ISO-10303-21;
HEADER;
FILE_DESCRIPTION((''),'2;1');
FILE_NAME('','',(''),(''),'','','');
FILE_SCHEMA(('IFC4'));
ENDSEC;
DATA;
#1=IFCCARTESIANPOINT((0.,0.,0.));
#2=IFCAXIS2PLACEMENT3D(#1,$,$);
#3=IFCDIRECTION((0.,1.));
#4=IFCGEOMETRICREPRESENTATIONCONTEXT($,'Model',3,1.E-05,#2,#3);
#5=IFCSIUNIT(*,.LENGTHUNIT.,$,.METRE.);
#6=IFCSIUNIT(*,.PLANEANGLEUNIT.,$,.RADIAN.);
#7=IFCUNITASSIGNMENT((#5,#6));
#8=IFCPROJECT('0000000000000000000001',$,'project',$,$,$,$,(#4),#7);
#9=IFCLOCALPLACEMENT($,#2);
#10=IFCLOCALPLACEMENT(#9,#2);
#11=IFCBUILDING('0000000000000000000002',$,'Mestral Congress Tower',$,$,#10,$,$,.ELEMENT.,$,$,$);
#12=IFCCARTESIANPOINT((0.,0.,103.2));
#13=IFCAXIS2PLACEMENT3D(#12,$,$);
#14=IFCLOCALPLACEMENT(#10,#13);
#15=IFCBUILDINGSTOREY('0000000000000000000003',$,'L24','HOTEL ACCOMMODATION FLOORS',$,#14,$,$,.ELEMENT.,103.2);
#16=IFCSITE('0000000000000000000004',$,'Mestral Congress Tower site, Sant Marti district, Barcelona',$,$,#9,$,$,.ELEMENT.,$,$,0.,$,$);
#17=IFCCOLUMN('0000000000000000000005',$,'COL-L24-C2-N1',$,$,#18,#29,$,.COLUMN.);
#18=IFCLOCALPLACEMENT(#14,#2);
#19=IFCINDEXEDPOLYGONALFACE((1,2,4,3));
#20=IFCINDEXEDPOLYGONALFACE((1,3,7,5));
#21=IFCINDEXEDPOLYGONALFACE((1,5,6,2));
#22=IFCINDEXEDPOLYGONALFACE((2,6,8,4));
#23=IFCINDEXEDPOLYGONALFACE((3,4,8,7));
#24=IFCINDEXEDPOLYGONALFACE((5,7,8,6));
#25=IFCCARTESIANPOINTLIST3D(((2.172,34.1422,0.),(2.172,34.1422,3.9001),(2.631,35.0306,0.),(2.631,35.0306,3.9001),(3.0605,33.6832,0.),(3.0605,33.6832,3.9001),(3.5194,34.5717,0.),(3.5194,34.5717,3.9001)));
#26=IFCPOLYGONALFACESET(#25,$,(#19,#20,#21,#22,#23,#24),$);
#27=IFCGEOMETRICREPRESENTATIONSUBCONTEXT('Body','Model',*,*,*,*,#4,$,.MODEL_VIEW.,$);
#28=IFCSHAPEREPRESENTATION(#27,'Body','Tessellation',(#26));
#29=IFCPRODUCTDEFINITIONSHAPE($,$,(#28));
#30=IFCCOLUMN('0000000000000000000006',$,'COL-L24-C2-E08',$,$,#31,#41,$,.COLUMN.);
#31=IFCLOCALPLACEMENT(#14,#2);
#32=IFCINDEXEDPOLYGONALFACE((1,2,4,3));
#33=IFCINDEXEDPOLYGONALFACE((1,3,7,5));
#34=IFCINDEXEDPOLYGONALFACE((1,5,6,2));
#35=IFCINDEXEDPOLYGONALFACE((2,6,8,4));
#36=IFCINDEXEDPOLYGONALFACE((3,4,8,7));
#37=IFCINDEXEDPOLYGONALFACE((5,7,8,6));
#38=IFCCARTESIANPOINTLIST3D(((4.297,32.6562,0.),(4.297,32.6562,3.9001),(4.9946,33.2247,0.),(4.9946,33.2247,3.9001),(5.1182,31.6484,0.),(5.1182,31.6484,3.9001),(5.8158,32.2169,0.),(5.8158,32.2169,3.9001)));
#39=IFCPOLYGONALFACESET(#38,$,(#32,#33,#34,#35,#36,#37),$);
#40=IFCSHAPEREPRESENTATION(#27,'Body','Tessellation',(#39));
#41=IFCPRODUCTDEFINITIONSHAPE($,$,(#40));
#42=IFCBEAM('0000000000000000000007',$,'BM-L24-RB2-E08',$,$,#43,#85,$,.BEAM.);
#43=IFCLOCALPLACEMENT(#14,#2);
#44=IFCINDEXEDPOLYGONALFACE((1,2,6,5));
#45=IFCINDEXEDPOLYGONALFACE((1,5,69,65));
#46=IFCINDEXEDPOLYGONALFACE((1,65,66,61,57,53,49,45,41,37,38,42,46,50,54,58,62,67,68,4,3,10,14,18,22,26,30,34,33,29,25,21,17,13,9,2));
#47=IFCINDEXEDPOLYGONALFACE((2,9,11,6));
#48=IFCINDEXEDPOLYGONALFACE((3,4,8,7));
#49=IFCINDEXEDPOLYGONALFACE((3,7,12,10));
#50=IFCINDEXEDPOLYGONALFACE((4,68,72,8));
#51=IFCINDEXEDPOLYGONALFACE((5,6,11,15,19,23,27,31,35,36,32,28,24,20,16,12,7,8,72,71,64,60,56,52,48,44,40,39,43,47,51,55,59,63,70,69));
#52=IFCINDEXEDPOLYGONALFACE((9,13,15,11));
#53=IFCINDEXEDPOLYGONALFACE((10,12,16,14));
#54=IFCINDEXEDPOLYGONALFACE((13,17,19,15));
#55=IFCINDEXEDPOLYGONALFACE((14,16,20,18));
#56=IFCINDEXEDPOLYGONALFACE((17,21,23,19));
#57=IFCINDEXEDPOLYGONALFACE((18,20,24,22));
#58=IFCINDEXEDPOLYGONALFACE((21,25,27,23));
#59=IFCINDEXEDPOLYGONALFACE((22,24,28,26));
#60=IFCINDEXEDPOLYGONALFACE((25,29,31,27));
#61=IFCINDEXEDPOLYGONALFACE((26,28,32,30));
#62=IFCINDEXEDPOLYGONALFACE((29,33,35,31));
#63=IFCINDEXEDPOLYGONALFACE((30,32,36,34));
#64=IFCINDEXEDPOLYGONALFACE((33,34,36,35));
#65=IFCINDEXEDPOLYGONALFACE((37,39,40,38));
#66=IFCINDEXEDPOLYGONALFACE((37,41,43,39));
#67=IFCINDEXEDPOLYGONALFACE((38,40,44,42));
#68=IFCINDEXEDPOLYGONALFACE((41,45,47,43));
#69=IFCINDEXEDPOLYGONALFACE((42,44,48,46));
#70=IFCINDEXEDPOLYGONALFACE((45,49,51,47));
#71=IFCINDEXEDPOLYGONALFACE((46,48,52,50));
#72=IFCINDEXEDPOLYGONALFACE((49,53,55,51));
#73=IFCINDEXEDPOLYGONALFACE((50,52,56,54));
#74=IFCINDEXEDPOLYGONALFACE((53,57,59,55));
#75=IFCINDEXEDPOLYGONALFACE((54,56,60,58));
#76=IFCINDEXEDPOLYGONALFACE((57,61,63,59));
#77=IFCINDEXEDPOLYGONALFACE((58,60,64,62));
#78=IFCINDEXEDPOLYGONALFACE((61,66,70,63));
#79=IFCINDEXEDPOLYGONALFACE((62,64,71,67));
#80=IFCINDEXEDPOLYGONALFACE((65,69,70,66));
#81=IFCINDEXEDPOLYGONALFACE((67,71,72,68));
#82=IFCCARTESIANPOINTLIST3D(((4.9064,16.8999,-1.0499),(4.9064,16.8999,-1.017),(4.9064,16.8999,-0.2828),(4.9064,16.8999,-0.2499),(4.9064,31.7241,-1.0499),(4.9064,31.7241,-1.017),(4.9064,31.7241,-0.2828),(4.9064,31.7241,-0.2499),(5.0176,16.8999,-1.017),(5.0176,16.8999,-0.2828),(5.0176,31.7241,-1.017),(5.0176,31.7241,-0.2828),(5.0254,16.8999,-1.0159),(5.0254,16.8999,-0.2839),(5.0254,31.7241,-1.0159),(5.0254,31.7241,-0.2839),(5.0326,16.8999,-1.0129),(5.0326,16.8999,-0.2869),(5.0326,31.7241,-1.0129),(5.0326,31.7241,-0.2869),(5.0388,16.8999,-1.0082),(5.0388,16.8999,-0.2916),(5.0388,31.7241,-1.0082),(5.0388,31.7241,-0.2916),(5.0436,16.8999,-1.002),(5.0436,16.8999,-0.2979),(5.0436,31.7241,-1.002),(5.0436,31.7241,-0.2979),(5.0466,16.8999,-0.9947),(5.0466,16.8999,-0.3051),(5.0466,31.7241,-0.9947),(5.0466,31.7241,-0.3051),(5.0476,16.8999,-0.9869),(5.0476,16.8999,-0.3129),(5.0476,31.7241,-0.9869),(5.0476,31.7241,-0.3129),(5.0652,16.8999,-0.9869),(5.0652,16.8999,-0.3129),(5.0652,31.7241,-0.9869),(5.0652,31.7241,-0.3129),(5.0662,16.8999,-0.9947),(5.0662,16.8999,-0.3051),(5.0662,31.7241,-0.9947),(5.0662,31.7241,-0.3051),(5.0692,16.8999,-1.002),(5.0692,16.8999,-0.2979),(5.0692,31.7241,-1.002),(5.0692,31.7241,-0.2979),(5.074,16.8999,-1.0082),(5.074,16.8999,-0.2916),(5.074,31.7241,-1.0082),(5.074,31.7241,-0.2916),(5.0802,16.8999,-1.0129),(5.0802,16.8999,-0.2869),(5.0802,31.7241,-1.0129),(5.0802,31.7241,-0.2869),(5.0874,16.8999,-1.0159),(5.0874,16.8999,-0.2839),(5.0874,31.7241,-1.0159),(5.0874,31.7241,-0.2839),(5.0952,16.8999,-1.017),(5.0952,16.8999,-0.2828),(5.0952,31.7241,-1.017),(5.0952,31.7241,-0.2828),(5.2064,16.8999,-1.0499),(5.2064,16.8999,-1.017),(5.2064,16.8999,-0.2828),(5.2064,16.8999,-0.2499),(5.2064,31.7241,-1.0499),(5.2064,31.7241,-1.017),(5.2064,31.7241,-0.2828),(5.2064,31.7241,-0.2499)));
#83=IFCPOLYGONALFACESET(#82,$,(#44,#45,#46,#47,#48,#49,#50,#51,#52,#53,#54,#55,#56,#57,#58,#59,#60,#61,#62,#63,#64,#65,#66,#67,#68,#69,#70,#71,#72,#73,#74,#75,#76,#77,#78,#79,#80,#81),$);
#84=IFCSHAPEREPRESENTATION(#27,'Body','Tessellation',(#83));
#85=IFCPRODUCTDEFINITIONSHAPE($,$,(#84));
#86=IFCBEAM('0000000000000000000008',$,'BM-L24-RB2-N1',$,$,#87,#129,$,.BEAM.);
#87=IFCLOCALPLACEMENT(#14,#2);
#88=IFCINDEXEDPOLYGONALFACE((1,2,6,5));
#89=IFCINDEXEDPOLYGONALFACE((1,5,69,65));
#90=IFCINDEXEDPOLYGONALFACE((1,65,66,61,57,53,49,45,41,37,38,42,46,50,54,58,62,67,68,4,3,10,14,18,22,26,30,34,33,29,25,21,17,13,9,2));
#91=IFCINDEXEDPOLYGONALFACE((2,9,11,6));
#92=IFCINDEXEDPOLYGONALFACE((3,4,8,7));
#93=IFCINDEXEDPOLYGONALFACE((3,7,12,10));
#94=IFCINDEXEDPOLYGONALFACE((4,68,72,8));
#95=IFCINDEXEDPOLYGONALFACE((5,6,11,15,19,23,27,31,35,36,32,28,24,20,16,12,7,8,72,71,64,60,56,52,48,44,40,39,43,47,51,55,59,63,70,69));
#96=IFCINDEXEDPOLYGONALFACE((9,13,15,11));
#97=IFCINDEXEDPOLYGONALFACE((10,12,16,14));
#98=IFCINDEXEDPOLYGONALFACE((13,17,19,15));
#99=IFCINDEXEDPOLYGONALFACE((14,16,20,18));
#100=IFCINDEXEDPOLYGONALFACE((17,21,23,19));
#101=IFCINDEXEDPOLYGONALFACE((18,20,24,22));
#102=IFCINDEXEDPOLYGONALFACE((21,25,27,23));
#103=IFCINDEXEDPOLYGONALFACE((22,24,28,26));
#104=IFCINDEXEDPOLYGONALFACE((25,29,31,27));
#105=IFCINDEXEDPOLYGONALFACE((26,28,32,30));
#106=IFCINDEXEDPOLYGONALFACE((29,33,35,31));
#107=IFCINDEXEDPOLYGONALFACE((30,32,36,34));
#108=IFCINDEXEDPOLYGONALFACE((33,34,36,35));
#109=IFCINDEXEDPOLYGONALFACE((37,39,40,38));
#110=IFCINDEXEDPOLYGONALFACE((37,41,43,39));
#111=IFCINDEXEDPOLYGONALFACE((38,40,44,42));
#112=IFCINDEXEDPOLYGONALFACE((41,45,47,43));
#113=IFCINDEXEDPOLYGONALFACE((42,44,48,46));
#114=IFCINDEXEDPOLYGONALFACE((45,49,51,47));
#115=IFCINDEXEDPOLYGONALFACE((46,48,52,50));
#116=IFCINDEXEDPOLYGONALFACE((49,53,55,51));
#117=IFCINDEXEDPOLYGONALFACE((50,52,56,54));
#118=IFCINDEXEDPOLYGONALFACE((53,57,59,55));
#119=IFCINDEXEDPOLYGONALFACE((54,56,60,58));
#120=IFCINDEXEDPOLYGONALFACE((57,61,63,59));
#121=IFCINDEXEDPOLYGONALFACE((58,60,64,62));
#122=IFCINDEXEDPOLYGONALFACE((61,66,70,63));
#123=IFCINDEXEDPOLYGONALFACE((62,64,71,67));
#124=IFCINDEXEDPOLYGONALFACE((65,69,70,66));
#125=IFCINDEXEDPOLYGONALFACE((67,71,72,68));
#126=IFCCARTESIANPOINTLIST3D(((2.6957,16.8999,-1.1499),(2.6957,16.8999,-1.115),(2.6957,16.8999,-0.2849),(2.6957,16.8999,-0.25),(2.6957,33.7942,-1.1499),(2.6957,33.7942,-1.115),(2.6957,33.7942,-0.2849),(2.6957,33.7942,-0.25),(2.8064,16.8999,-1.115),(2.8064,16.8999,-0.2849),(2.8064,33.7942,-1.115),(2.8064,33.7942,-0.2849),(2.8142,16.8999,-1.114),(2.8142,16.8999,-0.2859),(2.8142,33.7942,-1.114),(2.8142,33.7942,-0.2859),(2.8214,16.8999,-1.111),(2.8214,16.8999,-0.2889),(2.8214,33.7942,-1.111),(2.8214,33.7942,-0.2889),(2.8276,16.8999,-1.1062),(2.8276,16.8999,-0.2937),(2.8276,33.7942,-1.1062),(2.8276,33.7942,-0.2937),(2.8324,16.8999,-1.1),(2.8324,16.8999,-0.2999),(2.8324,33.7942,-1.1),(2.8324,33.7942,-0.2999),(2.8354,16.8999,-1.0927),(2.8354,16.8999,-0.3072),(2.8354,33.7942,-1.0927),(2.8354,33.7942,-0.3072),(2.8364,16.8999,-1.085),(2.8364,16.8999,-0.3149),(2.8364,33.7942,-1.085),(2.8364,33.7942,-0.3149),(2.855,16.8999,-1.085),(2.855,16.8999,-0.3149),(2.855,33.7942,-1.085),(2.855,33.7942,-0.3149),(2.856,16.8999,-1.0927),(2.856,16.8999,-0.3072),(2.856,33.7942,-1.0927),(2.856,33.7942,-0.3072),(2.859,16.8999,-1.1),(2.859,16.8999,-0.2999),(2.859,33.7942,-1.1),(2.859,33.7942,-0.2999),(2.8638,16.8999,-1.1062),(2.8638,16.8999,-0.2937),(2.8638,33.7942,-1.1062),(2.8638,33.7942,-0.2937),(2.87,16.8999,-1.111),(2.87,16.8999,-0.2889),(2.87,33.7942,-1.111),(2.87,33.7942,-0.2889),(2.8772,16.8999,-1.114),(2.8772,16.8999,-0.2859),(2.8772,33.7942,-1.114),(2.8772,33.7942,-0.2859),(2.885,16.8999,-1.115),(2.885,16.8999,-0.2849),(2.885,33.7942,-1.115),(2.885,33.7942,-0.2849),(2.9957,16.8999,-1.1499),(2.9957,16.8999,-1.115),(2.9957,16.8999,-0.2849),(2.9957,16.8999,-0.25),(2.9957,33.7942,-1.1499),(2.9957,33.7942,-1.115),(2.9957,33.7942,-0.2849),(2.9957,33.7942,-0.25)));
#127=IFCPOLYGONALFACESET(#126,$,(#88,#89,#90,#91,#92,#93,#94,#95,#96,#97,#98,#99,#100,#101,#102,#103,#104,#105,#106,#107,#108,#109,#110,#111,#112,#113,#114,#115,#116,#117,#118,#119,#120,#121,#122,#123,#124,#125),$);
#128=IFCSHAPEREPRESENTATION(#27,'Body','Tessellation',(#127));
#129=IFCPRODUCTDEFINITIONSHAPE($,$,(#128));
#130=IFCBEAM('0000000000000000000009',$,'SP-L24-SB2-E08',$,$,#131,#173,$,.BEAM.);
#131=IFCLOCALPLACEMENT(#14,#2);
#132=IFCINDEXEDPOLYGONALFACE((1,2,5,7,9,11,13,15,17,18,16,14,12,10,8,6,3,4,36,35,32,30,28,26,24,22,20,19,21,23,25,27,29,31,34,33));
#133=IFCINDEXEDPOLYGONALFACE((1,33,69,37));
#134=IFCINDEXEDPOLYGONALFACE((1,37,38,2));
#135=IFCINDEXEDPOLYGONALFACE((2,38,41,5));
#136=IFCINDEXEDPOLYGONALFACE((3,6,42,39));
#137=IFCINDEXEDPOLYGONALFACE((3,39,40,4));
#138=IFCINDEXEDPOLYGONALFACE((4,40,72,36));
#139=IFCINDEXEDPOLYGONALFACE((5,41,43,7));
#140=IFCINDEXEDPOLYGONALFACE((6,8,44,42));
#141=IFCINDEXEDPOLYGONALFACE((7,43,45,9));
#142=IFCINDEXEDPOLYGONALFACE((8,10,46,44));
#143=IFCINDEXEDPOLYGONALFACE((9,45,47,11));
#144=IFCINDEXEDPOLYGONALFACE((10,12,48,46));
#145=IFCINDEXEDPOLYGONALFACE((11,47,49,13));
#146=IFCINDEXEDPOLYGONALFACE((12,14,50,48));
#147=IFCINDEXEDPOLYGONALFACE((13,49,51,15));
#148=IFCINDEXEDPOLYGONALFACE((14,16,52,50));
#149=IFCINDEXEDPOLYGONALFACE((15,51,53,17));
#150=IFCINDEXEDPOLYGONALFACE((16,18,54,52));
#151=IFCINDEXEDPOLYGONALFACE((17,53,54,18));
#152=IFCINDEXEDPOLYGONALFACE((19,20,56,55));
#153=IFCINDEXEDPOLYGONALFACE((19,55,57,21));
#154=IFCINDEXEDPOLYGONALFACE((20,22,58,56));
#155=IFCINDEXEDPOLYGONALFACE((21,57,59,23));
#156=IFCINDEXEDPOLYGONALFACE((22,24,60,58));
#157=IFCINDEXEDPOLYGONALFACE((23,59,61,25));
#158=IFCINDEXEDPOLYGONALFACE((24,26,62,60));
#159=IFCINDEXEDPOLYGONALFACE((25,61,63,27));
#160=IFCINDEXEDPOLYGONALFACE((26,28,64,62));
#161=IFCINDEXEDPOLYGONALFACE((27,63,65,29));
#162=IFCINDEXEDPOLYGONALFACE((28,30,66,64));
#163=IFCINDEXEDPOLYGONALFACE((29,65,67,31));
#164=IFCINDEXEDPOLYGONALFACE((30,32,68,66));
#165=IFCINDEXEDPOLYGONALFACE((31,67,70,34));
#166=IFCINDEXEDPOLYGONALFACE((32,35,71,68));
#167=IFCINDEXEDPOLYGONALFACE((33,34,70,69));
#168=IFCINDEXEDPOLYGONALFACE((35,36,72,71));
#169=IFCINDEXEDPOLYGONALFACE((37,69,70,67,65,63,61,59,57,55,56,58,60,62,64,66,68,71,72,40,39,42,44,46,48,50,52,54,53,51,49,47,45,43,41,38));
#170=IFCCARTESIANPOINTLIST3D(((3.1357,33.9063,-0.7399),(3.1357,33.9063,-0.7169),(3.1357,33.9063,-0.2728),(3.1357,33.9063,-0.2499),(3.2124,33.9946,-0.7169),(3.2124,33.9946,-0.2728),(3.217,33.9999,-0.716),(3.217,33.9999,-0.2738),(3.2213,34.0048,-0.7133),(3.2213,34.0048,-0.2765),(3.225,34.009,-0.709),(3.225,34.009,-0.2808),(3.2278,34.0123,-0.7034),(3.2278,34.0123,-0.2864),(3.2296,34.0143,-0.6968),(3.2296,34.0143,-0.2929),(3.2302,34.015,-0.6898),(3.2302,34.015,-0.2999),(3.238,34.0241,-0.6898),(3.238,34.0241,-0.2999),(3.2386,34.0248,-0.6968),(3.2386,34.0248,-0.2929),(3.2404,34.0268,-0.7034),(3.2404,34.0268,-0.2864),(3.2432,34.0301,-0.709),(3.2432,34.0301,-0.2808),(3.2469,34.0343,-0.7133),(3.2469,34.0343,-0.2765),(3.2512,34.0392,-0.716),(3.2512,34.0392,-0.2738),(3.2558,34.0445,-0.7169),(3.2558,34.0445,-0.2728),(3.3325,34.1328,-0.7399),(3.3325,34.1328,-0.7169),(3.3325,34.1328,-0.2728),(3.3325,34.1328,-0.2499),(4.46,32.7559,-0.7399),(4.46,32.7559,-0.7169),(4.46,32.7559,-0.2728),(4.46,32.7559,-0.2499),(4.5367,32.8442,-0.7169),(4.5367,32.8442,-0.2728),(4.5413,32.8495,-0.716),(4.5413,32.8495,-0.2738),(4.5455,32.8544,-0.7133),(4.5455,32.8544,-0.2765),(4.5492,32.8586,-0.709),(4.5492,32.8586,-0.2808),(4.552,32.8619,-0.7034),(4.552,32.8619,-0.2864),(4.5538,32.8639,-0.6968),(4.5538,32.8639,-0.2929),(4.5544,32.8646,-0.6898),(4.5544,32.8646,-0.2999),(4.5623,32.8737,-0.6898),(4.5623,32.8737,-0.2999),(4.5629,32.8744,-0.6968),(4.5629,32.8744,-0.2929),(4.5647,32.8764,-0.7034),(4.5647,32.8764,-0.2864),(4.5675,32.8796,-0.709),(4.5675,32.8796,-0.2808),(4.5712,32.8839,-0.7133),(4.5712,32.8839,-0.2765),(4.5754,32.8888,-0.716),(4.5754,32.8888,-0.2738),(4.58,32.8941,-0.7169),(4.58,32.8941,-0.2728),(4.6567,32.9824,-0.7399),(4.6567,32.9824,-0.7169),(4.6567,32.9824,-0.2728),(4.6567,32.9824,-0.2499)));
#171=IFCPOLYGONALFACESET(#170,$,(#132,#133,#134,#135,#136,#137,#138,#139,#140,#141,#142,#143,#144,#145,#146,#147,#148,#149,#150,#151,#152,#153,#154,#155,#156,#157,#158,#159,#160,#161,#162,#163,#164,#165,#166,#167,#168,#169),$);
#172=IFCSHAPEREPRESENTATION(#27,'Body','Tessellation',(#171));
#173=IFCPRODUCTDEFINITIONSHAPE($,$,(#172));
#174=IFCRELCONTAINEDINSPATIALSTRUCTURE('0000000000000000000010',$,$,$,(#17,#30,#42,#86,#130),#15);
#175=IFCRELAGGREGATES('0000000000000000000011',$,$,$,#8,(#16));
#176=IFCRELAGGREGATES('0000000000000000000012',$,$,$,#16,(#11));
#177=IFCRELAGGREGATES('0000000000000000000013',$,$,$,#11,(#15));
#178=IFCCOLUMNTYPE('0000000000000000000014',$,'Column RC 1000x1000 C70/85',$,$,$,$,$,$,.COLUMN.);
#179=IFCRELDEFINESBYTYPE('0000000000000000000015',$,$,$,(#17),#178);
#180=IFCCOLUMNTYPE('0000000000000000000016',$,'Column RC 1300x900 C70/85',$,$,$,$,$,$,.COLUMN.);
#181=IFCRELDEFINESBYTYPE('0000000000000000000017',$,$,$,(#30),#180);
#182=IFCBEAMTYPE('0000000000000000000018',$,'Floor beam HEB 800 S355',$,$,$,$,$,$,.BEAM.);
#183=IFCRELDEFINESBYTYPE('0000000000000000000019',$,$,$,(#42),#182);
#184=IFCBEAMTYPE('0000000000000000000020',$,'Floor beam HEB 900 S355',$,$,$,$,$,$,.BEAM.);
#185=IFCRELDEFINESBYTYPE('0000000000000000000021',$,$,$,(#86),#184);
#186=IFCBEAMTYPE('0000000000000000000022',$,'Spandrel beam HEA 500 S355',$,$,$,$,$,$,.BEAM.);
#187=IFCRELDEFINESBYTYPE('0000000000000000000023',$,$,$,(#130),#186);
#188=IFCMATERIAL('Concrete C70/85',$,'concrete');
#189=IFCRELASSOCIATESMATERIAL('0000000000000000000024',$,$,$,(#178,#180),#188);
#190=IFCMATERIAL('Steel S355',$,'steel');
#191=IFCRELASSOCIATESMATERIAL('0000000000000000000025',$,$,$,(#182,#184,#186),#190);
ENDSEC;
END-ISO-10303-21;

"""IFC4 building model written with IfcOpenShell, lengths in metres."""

from ifc_helpers import new_model, si_unit, direction, frame, origin, origin_2d, place, context, subcontext, project, spatial, rectangle, i_section, extrude, material, material_profile, profile_set, type_object, element, save


model = new_model("IFC4")

# Units and contexts
model_context = context("Model", 3, precision=1e-05, world=origin(), true_north=direction((0.0, 1.0)))
body_context = subcontext(model_context, "Body", "Model", "MODEL_VIEW")
ifc_project = project(units=[si_unit("LENGTHUNIT", "METRE"), si_unit("PLANEANGLEUNIT", "RADIAN")], contexts=[model_context])

# Site, building, storey
site_placement = place(None, origin())
site = spatial("IfcSite", under=ifc_project, at=site_placement, Name="Mestral Congress Tower site, Sant Marti district, Barcelona", CompositionType="ELEMENT", RefElevation=0.0)
building_placement = place(site_placement, origin())
building = spatial("IfcBuilding", under=site, at=building_placement, Name="Mestral Congress Tower", CompositionType="ELEMENT")
storey_placement = place(building_placement, frame((0.0, 0.0, 103.2)))
storey = spatial("IfcBuildingStorey", under=building, at=storey_placement, Name="L24", Description="HOTEL ACCOMMODATION FLOORS", CompositionType="ELEMENT", Elevation=103.2)

# Columns
ifc_material_1 = material(Name="Concrete C70/85", Category="concrete")
ifc_material_profile_1 = material_profile(ifc_material_1, rectangle(XDim=1.0, YDim=1.0, at=origin_2d()), Name="RC 1000x1000")
ifc_profile_set_1 = profile_set([ifc_material_profile_1], Name="Concrete C70/85")
column_type_1 = type_object("IfcColumnType", Name="Column RC 1000x1000 C70/85", PredefinedType="COLUMN", material=ifc_profile_set_1)
column_1_placement = place(storey_placement, frame((2.8457, 34.3569, 0.0), z_axis=(0.0, 0.0, 1.0), x_axis=(-0.888456, 0.458961, 0.0)))
element("IfcColumn", 1, at=column_1_placement, inside=storey, type_object=column_type_1, Name="COL-L24-C2-N1", PredefinedType="COLUMN", context=body_context, shape_type="SweptSolid", body=[
    extrude(rectangle(XDim=1.0, YDim=1.0, at=origin_2d()), origin(), (0.0, 0.0, 1.0), 3.9001),
])
ifc_material_profile_2 = material_profile(ifc_material_1, rectangle(XDim=1.3, YDim=0.8999, at=origin_2d()), Name="RC 1300x900")
ifc_profile_set_2 = profile_set([ifc_material_profile_2], Name="Concrete C70/85")
column_type_2 = type_object("IfcColumnType", Name="Column RC 1300x900 C70/85", PredefinedType="COLUMN", material=ifc_profile_set_2)
column_2_placement = place(storey_placement, frame((5.0564, 32.4365, 0.0), z_axis=(0.0, 0.0, 1.0), x_axis=(-0.631709, 0.775206, 0.0)))
element("IfcColumn", 2, at=column_2_placement, inside=storey, type_object=column_type_2, Name="COL-L24-C2-E08", PredefinedType="COLUMN", context=body_context, shape_type="SweptSolid", body=[
    extrude(rectangle(XDim=1.3, YDim=0.8999, at=origin_2d()), origin(), (0.0, 0.0, 1.0), 3.9001),
])

# Beams
ifc_material_2 = material(Name="Steel S355", Category="steel")
ifc_material_profile_3 = material_profile(ifc_material_2, i_section(OverallWidth=0.3, OverallDepth=0.8, WebThickness=0.0176, FlangeThickness=0.033, FilletRadius=0.03, at=origin_2d()), Name="HEB 800")
ifc_profile_set_3 = profile_set([ifc_material_profile_3], Name="Steel S355")
beam_type_1 = type_object("IfcBeamType", Name="Floor beam HEB 800 S355", PredefinedType="BEAM", material=ifc_profile_set_3)
beam_1_placement = place(storey_placement, frame((5.0564, 31.7241, -0.6499), z_axis=(0.0, -1.0, 0.0), x_axis=(1.0, 0.0, 0.0)))
element("IfcBeam", 3, at=beam_1_placement, inside=storey, type_object=beam_type_1, Name="BM-L24-RB2-E08", PredefinedType="BEAM", context=body_context, shape_type="SweptSolid", body=[
    extrude(i_section(OverallWidth=0.3, OverallDepth=0.8, WebThickness=0.0176, FlangeThickness=0.033, FilletRadius=0.03, at=origin_2d()), origin(), (0.0, 0.0, 1.0), 14.8242),
])
ifc_material_profile_4 = material_profile(ifc_material_2, i_section(OverallWidth=0.3, OverallDepth=0.8999, WebThickness=0.0186, FlangeThickness=0.0349, FilletRadius=0.03, at=origin_2d()), Name="HEB 900")
ifc_profile_set_4 = profile_set([ifc_material_profile_4], Name="Steel S355")
beam_type_2 = type_object("IfcBeamType", Name="Floor beam HEB 900 S355", PredefinedType="BEAM", material=ifc_profile_set_4)
beam_2_placement = place(storey_placement, frame((2.8457, 33.7942, -0.7), z_axis=(0.0, -1.0, 0.0), x_axis=(1.0, 0.0, 0.0)))
element("IfcBeam", 4, at=beam_2_placement, inside=storey, type_object=beam_type_2, Name="BM-L24-RB2-N1", PredefinedType="BEAM", context=body_context, shape_type="SweptSolid", body=[
    extrude(i_section(OverallWidth=0.3, OverallDepth=0.8999, WebThickness=0.0186, FlangeThickness=0.0349, FilletRadius=0.03, at=origin_2d()), origin(), (0.0, 0.0, 1.0), 16.8943),
])
ifc_material_profile_5 = material_profile(ifc_material_2, i_section(OverallWidth=0.3, OverallDepth=0.49, WebThickness=0.012, FlangeThickness=0.0229, FilletRadius=0.0271, at=origin_2d()), Name="HEA 500")
ifc_profile_set_5 = profile_set([ifc_material_profile_5], Name="Steel S355")
beam_type_3 = type_object("IfcBeamType", Name="Spandrel beam HEA 500 S355", PredefinedType="BEAM", material=ifc_profile_set_5)
beam_3_placement = place(storey_placement, frame((4.5583, 32.8691, -0.4949), z_axis=(-0.754917, 0.65582, 0.0), x_axis=(-0.65582, -0.754917, 0.0)))
element("IfcBeam", 5, at=beam_3_placement, inside=storey, type_object=beam_type_3, Name="SP-L24-SB2-E08", PredefinedType="BEAM", context=body_context, shape_type="SweptSolid", body=[
    extrude(i_section(OverallWidth=0.3, OverallDepth=0.49, WebThickness=0.012, FlangeThickness=0.0229, FilletRadius=0.0271, at=origin_2d()), origin(), (0.0, 0.0, 1.0), 1.7542),
])

save(model, "model.ifc")
